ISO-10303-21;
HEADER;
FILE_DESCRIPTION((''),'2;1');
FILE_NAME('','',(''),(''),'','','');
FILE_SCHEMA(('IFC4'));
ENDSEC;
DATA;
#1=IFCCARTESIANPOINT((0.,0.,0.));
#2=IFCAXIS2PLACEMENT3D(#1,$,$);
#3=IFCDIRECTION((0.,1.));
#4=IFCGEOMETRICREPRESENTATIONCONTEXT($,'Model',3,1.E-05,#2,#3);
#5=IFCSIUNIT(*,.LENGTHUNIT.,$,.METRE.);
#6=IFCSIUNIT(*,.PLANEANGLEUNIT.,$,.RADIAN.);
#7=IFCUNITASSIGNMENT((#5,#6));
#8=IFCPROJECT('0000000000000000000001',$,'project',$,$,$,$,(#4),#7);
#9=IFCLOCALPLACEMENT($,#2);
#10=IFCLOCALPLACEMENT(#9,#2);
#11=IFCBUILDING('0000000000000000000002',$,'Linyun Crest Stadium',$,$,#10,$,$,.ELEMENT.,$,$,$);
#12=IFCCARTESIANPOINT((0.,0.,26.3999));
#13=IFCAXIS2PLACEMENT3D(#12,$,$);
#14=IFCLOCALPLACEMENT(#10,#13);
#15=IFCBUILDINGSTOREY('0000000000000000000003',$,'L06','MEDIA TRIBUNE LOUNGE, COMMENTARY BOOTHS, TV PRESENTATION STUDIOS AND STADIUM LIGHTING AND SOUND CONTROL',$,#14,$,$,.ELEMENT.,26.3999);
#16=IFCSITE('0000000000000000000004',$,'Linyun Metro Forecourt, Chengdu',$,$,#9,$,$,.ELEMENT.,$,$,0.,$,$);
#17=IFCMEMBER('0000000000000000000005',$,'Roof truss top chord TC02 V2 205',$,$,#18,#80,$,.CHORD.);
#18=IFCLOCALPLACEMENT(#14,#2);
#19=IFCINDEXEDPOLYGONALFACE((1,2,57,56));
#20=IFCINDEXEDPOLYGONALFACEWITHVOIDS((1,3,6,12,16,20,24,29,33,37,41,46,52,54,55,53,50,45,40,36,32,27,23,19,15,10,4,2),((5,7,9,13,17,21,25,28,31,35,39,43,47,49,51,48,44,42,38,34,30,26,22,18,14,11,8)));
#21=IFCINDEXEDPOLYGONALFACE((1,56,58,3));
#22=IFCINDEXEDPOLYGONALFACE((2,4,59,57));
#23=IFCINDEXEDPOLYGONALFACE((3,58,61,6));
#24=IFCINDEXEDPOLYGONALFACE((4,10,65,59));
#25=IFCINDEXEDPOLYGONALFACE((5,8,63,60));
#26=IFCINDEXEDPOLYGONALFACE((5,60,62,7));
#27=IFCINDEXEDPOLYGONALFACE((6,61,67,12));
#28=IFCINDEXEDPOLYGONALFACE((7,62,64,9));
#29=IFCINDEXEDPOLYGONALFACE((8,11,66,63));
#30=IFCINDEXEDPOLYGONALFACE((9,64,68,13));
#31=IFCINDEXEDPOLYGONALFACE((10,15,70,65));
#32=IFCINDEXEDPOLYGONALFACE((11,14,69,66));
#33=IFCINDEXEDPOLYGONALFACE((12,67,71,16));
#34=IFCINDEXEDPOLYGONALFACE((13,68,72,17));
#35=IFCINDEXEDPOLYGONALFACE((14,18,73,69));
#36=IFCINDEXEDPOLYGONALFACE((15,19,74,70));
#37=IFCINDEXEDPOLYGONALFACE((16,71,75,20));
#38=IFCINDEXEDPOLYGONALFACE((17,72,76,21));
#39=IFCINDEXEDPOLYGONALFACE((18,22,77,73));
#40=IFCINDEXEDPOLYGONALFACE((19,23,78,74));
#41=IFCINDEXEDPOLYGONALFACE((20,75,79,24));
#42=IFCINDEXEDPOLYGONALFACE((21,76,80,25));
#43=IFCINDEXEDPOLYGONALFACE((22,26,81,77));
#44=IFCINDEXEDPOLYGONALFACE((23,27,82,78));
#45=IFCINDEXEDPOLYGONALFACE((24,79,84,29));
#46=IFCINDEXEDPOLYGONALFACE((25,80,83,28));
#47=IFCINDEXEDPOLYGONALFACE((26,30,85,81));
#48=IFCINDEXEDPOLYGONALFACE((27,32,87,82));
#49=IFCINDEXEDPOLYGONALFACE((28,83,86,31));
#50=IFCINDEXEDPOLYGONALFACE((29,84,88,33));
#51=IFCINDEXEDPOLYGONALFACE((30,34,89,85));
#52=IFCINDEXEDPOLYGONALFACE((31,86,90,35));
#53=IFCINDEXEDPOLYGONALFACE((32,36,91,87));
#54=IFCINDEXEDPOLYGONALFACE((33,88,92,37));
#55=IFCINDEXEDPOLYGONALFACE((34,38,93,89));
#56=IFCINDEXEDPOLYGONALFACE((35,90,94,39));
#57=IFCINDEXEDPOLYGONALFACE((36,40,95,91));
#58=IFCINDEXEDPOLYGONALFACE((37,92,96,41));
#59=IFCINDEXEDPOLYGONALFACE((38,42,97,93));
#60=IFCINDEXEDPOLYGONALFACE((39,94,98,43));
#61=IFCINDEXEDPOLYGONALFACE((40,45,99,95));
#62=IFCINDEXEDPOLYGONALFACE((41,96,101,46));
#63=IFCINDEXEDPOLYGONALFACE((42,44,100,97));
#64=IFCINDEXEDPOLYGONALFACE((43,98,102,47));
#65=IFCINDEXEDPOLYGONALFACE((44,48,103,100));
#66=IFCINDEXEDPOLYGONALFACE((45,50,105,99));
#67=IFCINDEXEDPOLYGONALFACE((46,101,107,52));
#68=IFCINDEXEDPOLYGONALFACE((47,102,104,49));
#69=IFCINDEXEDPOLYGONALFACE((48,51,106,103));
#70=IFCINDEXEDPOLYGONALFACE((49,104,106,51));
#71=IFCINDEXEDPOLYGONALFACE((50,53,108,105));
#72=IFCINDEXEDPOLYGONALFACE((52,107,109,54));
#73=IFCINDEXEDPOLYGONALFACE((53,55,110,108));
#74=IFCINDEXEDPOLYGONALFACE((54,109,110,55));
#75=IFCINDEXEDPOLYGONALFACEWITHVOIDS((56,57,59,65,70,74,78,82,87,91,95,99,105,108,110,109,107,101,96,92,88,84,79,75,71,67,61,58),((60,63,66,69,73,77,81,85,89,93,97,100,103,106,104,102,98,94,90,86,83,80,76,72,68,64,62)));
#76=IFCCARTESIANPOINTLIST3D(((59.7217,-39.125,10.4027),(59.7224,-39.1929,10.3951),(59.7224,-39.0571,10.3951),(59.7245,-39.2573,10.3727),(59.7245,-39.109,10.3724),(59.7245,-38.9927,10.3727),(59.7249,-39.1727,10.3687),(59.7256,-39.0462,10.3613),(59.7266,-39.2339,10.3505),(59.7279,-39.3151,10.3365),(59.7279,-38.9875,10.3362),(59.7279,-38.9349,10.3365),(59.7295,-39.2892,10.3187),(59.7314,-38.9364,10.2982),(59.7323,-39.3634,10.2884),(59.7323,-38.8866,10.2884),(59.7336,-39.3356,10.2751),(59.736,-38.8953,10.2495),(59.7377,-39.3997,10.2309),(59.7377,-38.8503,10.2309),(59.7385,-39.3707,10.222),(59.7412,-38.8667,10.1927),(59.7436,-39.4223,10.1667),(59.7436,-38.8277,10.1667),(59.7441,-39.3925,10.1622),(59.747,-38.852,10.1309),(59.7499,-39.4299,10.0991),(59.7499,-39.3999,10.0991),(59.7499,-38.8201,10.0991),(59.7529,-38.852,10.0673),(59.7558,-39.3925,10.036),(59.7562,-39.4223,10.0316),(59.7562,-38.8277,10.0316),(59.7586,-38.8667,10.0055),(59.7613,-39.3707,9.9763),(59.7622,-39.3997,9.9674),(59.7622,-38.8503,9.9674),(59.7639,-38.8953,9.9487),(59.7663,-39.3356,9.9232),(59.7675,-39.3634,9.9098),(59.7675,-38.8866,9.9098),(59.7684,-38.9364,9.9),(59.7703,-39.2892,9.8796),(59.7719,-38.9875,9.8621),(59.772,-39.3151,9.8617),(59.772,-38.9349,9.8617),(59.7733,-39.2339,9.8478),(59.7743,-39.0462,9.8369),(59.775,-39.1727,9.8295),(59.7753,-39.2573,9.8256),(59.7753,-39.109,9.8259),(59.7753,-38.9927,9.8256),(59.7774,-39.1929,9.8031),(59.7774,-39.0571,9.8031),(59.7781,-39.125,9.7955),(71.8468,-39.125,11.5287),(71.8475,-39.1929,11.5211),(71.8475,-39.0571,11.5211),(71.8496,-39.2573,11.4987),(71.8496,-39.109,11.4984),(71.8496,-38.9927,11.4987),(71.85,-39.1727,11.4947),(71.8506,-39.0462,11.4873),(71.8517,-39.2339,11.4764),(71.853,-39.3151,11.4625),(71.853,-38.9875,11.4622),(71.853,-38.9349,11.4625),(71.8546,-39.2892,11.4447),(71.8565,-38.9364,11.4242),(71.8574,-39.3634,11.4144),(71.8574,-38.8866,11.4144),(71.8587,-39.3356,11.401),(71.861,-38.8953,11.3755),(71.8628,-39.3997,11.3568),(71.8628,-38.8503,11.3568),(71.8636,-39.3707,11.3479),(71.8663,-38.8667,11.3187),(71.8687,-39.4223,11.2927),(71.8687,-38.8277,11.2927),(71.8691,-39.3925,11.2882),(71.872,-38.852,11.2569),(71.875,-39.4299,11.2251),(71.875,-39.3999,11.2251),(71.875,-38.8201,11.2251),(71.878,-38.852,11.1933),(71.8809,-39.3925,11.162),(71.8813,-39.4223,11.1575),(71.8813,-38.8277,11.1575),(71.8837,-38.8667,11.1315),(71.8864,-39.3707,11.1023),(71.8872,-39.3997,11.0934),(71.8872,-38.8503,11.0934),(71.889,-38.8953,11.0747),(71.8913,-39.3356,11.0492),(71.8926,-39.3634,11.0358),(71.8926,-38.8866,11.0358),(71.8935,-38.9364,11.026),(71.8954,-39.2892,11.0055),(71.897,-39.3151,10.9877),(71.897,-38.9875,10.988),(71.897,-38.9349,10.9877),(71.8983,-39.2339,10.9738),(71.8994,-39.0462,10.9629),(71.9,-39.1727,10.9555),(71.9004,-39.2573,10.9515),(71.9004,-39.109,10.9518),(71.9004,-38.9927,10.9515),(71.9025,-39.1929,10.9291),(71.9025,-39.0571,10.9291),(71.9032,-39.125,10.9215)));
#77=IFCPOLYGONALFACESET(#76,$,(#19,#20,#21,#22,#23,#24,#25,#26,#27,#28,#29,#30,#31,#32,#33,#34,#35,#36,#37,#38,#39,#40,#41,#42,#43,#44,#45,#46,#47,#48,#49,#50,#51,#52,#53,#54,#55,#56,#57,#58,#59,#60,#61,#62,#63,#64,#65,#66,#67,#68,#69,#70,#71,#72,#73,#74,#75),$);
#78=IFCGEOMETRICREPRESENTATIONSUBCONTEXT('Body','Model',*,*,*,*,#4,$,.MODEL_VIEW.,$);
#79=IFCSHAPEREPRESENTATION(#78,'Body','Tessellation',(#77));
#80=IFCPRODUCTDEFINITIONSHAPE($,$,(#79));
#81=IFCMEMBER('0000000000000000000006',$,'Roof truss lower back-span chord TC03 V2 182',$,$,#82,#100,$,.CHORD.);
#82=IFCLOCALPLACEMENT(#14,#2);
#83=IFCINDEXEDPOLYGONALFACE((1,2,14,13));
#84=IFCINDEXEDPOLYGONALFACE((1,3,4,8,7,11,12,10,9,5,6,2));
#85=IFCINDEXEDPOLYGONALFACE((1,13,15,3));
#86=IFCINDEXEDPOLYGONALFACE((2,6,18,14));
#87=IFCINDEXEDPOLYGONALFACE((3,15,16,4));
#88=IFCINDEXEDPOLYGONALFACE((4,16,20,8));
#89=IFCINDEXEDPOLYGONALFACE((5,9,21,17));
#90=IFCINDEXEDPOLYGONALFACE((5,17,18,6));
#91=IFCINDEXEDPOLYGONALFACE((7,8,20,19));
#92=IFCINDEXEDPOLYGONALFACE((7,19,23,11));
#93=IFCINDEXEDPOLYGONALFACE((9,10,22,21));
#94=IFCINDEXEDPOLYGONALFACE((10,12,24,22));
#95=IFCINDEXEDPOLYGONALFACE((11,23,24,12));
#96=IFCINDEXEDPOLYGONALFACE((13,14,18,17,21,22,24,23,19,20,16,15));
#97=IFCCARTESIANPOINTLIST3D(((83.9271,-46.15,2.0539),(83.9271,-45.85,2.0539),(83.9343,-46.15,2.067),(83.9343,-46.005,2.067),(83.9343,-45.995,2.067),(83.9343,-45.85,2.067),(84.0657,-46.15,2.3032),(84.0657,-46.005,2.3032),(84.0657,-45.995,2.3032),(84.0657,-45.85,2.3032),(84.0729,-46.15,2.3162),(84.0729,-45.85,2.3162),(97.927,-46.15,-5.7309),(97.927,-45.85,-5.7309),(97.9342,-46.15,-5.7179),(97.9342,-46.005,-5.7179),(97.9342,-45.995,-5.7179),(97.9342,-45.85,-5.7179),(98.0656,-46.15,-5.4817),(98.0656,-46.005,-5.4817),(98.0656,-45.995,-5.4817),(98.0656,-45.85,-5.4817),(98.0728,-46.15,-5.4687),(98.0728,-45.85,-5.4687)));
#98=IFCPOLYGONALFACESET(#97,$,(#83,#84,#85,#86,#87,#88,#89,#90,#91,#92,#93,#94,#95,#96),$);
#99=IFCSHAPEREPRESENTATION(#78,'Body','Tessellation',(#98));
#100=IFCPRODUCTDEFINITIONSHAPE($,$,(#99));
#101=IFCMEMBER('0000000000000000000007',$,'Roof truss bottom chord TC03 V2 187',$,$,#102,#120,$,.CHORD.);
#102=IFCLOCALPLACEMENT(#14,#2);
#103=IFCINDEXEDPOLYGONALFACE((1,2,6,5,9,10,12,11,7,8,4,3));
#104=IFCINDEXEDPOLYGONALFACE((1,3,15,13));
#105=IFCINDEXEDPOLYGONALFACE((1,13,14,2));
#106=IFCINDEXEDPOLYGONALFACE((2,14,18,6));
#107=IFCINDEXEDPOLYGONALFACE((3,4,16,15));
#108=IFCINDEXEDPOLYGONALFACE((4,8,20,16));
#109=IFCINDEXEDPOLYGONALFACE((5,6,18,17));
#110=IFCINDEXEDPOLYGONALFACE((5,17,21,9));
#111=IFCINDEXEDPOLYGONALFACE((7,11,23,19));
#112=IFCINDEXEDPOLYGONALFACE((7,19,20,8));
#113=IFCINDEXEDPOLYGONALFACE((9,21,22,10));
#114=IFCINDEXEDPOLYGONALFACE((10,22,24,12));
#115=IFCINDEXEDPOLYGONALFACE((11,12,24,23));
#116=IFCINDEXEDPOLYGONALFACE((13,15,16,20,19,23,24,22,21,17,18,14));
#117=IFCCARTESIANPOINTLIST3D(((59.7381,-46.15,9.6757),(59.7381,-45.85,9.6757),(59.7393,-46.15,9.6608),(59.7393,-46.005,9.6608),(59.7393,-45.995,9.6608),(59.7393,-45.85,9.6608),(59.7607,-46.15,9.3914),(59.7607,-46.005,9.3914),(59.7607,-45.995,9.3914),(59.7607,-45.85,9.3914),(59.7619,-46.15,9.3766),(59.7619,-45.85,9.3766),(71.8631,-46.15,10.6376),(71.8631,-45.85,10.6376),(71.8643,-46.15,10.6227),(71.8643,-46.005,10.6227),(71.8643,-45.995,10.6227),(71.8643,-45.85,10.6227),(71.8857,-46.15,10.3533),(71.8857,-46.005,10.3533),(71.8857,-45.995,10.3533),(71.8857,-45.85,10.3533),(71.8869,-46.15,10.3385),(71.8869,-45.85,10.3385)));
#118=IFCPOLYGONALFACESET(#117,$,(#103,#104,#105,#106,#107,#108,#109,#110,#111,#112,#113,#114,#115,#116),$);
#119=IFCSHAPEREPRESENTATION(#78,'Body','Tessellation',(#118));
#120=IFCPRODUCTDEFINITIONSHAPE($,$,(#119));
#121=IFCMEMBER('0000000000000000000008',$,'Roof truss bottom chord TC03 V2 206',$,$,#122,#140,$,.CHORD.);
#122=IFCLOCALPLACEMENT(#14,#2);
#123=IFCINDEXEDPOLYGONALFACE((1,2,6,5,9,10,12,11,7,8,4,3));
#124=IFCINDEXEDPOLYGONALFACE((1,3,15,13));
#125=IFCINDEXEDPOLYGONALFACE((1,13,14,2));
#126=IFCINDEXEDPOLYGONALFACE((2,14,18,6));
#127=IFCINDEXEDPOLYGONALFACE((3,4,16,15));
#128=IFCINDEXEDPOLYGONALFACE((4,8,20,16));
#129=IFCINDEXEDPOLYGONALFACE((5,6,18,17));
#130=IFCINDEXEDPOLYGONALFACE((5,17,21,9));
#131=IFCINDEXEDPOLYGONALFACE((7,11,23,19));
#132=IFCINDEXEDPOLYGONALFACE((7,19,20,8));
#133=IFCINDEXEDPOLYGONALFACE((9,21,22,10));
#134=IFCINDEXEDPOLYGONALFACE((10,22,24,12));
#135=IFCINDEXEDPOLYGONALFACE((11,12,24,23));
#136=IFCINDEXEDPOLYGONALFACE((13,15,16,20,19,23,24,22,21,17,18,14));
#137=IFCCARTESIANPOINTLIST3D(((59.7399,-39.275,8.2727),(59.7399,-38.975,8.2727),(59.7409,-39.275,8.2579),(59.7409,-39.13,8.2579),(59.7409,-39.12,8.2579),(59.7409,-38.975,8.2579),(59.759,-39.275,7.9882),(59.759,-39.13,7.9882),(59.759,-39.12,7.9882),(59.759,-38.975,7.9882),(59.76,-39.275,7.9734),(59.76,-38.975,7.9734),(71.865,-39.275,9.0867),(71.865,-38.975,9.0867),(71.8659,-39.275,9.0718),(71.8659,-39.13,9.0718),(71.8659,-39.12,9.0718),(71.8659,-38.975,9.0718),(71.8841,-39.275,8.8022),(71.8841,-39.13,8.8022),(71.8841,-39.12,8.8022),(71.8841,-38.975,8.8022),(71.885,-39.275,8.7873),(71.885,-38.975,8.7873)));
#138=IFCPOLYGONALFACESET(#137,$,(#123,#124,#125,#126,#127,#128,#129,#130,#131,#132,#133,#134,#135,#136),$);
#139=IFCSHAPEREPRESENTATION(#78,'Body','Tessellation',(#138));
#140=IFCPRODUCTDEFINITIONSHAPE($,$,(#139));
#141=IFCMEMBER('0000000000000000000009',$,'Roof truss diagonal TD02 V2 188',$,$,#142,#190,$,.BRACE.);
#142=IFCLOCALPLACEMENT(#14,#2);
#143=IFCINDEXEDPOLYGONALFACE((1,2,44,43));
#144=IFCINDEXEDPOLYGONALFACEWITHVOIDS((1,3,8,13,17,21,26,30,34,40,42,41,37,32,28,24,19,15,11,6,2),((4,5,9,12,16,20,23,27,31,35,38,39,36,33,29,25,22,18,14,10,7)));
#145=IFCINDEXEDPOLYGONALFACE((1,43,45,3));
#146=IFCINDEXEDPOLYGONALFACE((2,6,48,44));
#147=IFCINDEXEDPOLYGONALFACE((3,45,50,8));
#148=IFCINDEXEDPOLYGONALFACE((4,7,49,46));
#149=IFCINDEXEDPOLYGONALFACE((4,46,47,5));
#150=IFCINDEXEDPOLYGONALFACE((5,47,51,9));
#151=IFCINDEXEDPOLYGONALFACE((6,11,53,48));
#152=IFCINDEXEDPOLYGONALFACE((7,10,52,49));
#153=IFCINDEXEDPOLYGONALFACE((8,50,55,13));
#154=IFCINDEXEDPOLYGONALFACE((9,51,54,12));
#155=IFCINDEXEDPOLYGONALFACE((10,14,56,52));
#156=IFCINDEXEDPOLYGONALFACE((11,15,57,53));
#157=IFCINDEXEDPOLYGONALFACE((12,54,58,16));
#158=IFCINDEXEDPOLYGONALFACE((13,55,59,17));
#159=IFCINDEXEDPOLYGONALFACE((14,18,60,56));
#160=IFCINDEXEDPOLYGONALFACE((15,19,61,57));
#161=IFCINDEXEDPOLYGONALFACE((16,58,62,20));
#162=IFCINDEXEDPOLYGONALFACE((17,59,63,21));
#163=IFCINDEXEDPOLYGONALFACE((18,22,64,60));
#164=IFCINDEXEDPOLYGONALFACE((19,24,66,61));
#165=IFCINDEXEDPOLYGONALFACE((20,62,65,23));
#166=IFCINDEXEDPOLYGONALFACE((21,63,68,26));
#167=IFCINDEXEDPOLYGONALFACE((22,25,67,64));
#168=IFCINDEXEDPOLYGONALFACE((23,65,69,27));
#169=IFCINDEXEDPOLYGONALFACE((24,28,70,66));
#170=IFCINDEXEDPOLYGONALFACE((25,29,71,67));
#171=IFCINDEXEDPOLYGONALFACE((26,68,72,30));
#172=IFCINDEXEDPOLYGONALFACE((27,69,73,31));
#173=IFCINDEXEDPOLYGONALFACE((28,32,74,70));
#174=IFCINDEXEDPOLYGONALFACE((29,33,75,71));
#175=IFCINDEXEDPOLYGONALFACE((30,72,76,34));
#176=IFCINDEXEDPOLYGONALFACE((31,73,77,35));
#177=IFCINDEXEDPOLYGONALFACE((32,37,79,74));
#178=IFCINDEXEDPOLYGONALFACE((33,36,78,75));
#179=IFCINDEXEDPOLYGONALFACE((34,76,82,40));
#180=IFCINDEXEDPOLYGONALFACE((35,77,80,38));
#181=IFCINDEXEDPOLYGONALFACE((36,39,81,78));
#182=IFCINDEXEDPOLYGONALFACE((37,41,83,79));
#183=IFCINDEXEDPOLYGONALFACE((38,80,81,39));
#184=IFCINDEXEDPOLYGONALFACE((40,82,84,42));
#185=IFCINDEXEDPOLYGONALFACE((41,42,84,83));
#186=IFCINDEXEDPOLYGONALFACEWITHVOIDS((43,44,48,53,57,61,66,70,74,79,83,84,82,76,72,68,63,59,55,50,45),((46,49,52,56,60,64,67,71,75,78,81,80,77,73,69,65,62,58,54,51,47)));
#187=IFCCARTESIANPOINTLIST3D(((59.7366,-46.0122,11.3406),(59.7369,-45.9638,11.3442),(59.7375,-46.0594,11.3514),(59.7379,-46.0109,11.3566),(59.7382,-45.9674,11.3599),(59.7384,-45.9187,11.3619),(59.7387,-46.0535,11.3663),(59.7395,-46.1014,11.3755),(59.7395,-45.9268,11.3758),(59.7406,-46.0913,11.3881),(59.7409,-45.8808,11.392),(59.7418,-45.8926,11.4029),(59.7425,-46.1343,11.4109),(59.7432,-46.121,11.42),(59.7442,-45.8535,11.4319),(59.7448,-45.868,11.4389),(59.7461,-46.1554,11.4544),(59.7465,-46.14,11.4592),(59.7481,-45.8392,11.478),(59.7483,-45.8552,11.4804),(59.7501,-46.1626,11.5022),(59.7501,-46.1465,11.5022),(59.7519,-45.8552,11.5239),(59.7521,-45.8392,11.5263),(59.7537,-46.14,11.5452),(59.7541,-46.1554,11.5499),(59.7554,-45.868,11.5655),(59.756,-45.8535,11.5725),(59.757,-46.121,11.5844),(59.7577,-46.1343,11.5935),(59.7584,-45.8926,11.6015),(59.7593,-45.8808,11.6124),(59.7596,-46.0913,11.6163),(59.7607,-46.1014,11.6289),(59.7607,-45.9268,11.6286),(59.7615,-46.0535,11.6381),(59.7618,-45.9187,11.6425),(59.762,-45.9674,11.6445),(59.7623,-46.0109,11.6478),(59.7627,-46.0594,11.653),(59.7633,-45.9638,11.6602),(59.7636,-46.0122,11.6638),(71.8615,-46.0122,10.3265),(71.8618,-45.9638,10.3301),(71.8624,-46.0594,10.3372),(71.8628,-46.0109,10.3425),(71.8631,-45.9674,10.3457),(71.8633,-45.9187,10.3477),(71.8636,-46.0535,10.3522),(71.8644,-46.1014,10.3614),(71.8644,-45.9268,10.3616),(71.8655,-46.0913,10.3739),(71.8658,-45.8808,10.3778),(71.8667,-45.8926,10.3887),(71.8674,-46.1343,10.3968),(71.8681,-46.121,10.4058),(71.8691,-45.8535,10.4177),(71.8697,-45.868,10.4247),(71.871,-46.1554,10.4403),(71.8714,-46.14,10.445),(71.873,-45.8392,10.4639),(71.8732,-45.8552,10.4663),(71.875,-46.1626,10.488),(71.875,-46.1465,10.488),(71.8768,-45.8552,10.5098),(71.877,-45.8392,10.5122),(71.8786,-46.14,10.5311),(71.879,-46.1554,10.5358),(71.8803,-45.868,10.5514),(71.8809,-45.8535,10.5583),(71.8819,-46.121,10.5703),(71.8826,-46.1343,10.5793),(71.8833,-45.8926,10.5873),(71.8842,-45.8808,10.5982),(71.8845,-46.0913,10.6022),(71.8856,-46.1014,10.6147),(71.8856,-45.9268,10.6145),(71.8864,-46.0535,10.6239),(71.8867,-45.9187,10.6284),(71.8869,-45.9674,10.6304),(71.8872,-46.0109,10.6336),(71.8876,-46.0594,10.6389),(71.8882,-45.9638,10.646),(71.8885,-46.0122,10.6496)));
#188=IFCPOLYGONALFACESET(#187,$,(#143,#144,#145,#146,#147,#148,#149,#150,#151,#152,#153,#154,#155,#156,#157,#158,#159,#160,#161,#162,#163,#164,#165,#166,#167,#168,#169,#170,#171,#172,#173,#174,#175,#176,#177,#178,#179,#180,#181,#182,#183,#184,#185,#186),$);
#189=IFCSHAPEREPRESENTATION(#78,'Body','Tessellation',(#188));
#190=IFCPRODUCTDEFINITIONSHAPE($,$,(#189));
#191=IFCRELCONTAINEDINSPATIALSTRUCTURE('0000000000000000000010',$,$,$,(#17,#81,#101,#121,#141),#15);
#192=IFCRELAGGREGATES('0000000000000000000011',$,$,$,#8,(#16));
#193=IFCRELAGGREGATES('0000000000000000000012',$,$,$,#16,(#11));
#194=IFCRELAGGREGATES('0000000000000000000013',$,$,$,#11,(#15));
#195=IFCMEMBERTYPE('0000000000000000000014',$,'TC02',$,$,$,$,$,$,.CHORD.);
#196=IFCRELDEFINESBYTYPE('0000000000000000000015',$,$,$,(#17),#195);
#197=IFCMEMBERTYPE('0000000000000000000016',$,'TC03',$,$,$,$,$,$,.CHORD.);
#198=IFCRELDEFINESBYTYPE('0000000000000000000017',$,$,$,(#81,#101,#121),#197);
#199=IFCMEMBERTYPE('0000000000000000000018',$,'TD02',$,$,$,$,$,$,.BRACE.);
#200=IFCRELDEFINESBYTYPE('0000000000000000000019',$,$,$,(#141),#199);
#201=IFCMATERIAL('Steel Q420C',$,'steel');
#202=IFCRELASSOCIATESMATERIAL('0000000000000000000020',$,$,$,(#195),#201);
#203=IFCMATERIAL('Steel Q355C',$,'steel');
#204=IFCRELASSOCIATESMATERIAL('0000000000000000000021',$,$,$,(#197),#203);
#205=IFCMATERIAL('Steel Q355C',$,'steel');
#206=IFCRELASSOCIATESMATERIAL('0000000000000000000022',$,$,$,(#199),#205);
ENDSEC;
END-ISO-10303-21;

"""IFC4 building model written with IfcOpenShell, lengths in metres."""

from ifc_helpers import new_model, si_unit, direction, frame, origin, origin_2d, place, context, subcontext, project, spatial, hollow_circle, i_section, extrude, material, material_profile, profile_set, type_object, element, save


model = new_model("IFC4")

# Units and contexts
model_context = context("Model", 3, precision=1e-05, world=origin(), true_north=direction((0.0, 1.0)))
body_context = subcontext(model_context, "Body", "Model", "MODEL_VIEW")
ifc_project = project(units=[si_unit("LENGTHUNIT", "METRE"), si_unit("PLANEANGLEUNIT", "RADIAN")], contexts=[model_context])

# Site, building, storey
site_placement = place(None, origin())
site = spatial("IfcSite", under=ifc_project, at=site_placement, Name="Linyun Metro Forecourt, Chengdu", CompositionType="ELEMENT", RefElevation=0.0)
building_placement = place(site_placement, origin())
building = spatial("IfcBuilding", under=site, at=building_placement, Name="Linyun Crest Stadium", CompositionType="ELEMENT")
storey_placement = place(building_placement, frame((0.0, 0.0, 26.3999)))
storey = spatial("IfcBuildingStorey", under=building, at=storey_placement, Name="L06", Description="MEDIA TRIBUNE LOUNGE, COMMENTARY BOOTHS, TV PRESENTATION STUDIOS AND STADIUM LIGHTING AND SOUND CONTROL", CompositionType="ELEMENT", Elevation=26.3999)

# Members
ifc_material_1 = material(Name="Steel Q420C", Category="steel")
ifc_material_profile_1 = material_profile(ifc_material_1, hollow_circle(Radius=0.3049, WallThickness=0.03, at=origin_2d()), Name="CHS 610x30")
ifc_profile_set_1 = profile_set([ifc_material_profile_1], Name="Steel Q420C")
member_type_1 = type_object("IfcMemberType", Name="TC02", PredefinedType="CHORD", material=ifc_profile_set_1)
member_1_placement = place(storey_placement, frame((71.875, -39.125, 11.2251), z_axis=(-0.995716, 0.0, -0.092466), x_axis=(0.0, -1.0, 0.0)))
element("IfcMember", 1, at=member_1_placement, inside=storey, type_object=member_type_1, Name="Roof truss top chord TC02 V2 205", PredefinedType="CHORD", context=body_context, shape_type="SweptSolid", body=[
    extrude(hollow_circle(Radius=0.3049, WallThickness=0.03, at=origin_2d()), origin(), (0.0, 0.0, 1.0), 12.1772),
])
ifc_material_2 = material(Name="Steel Q355C", Category="steel")
ifc_material_profile_2 = material_profile(ifc_material_2, i_section(OverallWidth=0.3, OverallDepth=0.3, WebThickness=0.01, FlangeThickness=0.0149, at=origin_2d()), Name="HW 300x300")
ifc_profile_set_2 = profile_set([ifc_material_profile_2], Name="Steel Q355C")
member_type_2 = type_object("IfcMemberType", Name="TC03", PredefinedType="CHORD", material=ifc_profile_set_2)
member_2_placement = place(storey_placement, frame((84.0, -46.0, 2.1851), z_axis=(0.873968, 0.0, -0.485983), x_axis=(0.0, 1.0, 0.0)))
element("IfcMember", 2, at=member_2_placement, inside=storey, type_object=member_type_2, Name="Roof truss lower back-span chord TC03 V2 182", PredefinedType="CHORD", context=body_context, shape_type="SweptSolid", body=[
    extrude(i_section(OverallWidth=0.3, OverallDepth=0.3, WebThickness=0.01, FlangeThickness=0.0149, at=origin_2d()), origin(), (0.0, 0.0, 1.0), 16.0188),
])
member_3_placement = place(storey_placement, frame((71.875, -46.0, 10.488), z_axis=(-0.996868, 0.0, -0.079085), x_axis=(0.0, -1.0, 0.0)))
element("IfcMember", 3, at=member_3_placement, inside=storey, type_object=member_type_2, Name="Roof truss bottom chord TC03 V2 187", PredefinedType="CHORD", context=body_context, shape_type="SweptSolid", body=[
    extrude(i_section(OverallWidth=0.3, OverallDepth=0.3, WebThickness=0.01, FlangeThickness=0.0149, at=origin_2d()), origin(), (0.0, 0.0, 1.0), 12.1631),
])
member_4_placement = place(storey_placement, frame((71.875, -39.125, 8.937), z_axis=(-0.997754, 0.0, -0.06698), x_axis=(0.0, -1.0, 0.0)))
element("IfcMember", 4, at=member_4_placement, inside=storey, type_object=member_type_2, Name="Roof truss bottom chord TC03 V2 206", PredefinedType="CHORD", context=body_context, shape_type="SweptSolid", body=[
    extrude(i_section(OverallWidth=0.3, OverallDepth=0.3, WebThickness=0.01, FlangeThickness=0.0149, at=origin_2d()), origin(), (0.0, 0.0, 1.0), 12.1523),
])
ifc_material_3 = material(Name="Steel Q355C", Category="steel")
ifc_material_profile_3 = material_profile(ifc_material_3, hollow_circle(Radius=0.1626, WallThickness=0.0161, at=origin_2d()), Name="CHS 325x16")
ifc_profile_set_3 = profile_set([ifc_material_profile_3], Name="Steel Q355C")
member_type_3 = type_object("IfcMemberType", Name="TD02", PredefinedType="BRACE", material=ifc_profile_set_3)
member_5_placement = place(storey_placement, frame((71.875, -46.0, 10.488), z_axis=(-0.99652, 0.0, 0.083351), x_axis=(0.0, -1.0, 0.0)))
element("IfcMember", 5, at=member_5_placement, inside=storey, type_object=member_type_3, Name="Roof truss diagonal TD02 V2 188", PredefinedType="BRACE", context=body_context, shape_type="SweptSolid", body=[
    extrude(hollow_circle(Radius=0.1626, WallThickness=0.0161, at=origin_2d()), origin(), (0.0, 0.0, 1.0), 12.1672),
])

save(model, "model.ifc")
